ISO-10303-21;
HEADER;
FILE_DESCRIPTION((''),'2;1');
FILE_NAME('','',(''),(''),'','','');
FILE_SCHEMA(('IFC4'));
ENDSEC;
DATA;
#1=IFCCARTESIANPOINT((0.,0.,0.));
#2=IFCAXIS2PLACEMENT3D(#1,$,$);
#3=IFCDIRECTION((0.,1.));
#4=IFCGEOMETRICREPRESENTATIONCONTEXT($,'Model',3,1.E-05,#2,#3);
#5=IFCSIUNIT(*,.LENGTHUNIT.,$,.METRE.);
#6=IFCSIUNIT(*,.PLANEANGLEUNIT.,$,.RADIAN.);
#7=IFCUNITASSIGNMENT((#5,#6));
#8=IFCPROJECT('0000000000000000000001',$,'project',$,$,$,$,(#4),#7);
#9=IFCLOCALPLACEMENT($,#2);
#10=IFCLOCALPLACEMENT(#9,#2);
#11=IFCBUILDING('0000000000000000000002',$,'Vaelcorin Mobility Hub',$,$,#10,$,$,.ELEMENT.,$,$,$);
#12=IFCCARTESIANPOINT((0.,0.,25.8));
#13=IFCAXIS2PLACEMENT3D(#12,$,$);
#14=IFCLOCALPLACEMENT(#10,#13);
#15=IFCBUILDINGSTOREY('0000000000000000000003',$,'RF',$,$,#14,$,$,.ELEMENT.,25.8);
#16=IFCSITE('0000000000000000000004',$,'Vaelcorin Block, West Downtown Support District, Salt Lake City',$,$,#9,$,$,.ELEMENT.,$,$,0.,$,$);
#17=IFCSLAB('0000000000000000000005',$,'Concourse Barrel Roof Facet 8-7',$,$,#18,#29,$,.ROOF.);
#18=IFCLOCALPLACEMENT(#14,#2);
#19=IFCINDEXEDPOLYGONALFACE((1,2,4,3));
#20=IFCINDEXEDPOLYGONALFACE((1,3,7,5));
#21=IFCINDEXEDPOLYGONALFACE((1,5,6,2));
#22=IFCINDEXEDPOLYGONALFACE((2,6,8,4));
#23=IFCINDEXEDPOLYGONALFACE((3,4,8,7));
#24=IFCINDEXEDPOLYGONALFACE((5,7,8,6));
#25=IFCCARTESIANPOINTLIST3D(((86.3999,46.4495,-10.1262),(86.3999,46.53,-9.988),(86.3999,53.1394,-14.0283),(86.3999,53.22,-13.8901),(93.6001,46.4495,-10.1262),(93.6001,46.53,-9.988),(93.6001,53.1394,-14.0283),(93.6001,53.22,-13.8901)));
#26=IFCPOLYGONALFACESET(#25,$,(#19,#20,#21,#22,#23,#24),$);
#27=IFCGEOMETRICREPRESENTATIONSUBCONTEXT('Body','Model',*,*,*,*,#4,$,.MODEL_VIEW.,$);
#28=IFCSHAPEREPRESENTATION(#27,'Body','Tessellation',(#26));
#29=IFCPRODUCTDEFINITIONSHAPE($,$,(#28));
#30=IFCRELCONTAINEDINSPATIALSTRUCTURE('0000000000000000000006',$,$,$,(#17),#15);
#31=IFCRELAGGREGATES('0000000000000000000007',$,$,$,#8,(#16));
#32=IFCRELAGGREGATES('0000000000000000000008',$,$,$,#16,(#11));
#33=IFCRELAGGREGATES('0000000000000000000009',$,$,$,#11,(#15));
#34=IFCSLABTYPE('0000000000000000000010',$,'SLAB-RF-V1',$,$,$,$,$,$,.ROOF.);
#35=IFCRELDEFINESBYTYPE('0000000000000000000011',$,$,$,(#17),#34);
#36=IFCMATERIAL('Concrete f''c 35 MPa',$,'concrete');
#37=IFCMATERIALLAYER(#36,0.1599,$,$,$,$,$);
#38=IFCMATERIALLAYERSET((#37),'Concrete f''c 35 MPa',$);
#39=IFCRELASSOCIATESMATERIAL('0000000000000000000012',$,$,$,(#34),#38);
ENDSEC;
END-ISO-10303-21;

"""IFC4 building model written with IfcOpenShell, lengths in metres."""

from ifc_helpers import new_model, si_unit, direction, frame, origin, place, context, subcontext, project, spatial, polyline, outline, extrude, material, layer, layer_set, type_object, element, save


model = new_model("IFC4")

# Units and contexts
model_context = context("Model", 3, precision=1e-05, world=origin(), true_north=direction((0.0, 1.0)))
body_context = subcontext(model_context, "Body", "Model", "MODEL_VIEW")
ifc_project = project(units=[si_unit("LENGTHUNIT", "METRE"), si_unit("PLANEANGLEUNIT", "RADIAN")], contexts=[model_context])

# Site, building, storey
site_placement = place(None, origin())
site = spatial("IfcSite", under=ifc_project, at=site_placement, Name="Vaelcorin Block, West Downtown Support District, Salt Lake City", CompositionType="ELEMENT", RefElevation=0.0)
building_placement = place(site_placement, origin())
building = spatial("IfcBuilding", under=site, at=building_placement, Name="Vaelcorin Mobility Hub", CompositionType="ELEMENT")
storey_placement = place(building_placement, frame((0.0, 0.0, 25.8)))
storey = spatial("IfcBuildingStorey", under=building, at=storey_placement, Name="RF", CompositionType="ELEMENT", Elevation=25.8)

# Slab
ifc_material_1 = material(Name="Concrete f'c 35 MPa", Category="concrete")
ifc_layer_1 = layer(ifc_material_1, 0.1599)
ifc_layer_set_1 = layer_set([ifc_layer_1], Name="Concrete f'c 35 MPa")
slab_type = type_object("IfcSlabType", Name="SLAB-RF-V1", PredefinedType="ROOF", material=ifc_layer_set_1)
slab_1_placement = place(storey_placement, frame((86.3999, 46.53, -9.988), z_axis=(0.0, 0.503836, 0.863799), x_axis=(1.0, 0.0, 0.0)))
element("IfcSlab", 1, at=slab_1_placement, inside=storey, type_object=slab_type, Name="Concourse Barrel Roof Facet 8-7", PredefinedType="ROOF", context=body_context, shape_type="SweptSolid", body=[
    extrude(outline(polyline([(0.0, 0.0), (7.2002, 0.0), (7.2002, 7.7448), (0.0, 7.7448), (0.0, 0.0)])), origin(), (0.0, 0.0, -1.0), 0.1599),
])

save(model, "model.ifc")
